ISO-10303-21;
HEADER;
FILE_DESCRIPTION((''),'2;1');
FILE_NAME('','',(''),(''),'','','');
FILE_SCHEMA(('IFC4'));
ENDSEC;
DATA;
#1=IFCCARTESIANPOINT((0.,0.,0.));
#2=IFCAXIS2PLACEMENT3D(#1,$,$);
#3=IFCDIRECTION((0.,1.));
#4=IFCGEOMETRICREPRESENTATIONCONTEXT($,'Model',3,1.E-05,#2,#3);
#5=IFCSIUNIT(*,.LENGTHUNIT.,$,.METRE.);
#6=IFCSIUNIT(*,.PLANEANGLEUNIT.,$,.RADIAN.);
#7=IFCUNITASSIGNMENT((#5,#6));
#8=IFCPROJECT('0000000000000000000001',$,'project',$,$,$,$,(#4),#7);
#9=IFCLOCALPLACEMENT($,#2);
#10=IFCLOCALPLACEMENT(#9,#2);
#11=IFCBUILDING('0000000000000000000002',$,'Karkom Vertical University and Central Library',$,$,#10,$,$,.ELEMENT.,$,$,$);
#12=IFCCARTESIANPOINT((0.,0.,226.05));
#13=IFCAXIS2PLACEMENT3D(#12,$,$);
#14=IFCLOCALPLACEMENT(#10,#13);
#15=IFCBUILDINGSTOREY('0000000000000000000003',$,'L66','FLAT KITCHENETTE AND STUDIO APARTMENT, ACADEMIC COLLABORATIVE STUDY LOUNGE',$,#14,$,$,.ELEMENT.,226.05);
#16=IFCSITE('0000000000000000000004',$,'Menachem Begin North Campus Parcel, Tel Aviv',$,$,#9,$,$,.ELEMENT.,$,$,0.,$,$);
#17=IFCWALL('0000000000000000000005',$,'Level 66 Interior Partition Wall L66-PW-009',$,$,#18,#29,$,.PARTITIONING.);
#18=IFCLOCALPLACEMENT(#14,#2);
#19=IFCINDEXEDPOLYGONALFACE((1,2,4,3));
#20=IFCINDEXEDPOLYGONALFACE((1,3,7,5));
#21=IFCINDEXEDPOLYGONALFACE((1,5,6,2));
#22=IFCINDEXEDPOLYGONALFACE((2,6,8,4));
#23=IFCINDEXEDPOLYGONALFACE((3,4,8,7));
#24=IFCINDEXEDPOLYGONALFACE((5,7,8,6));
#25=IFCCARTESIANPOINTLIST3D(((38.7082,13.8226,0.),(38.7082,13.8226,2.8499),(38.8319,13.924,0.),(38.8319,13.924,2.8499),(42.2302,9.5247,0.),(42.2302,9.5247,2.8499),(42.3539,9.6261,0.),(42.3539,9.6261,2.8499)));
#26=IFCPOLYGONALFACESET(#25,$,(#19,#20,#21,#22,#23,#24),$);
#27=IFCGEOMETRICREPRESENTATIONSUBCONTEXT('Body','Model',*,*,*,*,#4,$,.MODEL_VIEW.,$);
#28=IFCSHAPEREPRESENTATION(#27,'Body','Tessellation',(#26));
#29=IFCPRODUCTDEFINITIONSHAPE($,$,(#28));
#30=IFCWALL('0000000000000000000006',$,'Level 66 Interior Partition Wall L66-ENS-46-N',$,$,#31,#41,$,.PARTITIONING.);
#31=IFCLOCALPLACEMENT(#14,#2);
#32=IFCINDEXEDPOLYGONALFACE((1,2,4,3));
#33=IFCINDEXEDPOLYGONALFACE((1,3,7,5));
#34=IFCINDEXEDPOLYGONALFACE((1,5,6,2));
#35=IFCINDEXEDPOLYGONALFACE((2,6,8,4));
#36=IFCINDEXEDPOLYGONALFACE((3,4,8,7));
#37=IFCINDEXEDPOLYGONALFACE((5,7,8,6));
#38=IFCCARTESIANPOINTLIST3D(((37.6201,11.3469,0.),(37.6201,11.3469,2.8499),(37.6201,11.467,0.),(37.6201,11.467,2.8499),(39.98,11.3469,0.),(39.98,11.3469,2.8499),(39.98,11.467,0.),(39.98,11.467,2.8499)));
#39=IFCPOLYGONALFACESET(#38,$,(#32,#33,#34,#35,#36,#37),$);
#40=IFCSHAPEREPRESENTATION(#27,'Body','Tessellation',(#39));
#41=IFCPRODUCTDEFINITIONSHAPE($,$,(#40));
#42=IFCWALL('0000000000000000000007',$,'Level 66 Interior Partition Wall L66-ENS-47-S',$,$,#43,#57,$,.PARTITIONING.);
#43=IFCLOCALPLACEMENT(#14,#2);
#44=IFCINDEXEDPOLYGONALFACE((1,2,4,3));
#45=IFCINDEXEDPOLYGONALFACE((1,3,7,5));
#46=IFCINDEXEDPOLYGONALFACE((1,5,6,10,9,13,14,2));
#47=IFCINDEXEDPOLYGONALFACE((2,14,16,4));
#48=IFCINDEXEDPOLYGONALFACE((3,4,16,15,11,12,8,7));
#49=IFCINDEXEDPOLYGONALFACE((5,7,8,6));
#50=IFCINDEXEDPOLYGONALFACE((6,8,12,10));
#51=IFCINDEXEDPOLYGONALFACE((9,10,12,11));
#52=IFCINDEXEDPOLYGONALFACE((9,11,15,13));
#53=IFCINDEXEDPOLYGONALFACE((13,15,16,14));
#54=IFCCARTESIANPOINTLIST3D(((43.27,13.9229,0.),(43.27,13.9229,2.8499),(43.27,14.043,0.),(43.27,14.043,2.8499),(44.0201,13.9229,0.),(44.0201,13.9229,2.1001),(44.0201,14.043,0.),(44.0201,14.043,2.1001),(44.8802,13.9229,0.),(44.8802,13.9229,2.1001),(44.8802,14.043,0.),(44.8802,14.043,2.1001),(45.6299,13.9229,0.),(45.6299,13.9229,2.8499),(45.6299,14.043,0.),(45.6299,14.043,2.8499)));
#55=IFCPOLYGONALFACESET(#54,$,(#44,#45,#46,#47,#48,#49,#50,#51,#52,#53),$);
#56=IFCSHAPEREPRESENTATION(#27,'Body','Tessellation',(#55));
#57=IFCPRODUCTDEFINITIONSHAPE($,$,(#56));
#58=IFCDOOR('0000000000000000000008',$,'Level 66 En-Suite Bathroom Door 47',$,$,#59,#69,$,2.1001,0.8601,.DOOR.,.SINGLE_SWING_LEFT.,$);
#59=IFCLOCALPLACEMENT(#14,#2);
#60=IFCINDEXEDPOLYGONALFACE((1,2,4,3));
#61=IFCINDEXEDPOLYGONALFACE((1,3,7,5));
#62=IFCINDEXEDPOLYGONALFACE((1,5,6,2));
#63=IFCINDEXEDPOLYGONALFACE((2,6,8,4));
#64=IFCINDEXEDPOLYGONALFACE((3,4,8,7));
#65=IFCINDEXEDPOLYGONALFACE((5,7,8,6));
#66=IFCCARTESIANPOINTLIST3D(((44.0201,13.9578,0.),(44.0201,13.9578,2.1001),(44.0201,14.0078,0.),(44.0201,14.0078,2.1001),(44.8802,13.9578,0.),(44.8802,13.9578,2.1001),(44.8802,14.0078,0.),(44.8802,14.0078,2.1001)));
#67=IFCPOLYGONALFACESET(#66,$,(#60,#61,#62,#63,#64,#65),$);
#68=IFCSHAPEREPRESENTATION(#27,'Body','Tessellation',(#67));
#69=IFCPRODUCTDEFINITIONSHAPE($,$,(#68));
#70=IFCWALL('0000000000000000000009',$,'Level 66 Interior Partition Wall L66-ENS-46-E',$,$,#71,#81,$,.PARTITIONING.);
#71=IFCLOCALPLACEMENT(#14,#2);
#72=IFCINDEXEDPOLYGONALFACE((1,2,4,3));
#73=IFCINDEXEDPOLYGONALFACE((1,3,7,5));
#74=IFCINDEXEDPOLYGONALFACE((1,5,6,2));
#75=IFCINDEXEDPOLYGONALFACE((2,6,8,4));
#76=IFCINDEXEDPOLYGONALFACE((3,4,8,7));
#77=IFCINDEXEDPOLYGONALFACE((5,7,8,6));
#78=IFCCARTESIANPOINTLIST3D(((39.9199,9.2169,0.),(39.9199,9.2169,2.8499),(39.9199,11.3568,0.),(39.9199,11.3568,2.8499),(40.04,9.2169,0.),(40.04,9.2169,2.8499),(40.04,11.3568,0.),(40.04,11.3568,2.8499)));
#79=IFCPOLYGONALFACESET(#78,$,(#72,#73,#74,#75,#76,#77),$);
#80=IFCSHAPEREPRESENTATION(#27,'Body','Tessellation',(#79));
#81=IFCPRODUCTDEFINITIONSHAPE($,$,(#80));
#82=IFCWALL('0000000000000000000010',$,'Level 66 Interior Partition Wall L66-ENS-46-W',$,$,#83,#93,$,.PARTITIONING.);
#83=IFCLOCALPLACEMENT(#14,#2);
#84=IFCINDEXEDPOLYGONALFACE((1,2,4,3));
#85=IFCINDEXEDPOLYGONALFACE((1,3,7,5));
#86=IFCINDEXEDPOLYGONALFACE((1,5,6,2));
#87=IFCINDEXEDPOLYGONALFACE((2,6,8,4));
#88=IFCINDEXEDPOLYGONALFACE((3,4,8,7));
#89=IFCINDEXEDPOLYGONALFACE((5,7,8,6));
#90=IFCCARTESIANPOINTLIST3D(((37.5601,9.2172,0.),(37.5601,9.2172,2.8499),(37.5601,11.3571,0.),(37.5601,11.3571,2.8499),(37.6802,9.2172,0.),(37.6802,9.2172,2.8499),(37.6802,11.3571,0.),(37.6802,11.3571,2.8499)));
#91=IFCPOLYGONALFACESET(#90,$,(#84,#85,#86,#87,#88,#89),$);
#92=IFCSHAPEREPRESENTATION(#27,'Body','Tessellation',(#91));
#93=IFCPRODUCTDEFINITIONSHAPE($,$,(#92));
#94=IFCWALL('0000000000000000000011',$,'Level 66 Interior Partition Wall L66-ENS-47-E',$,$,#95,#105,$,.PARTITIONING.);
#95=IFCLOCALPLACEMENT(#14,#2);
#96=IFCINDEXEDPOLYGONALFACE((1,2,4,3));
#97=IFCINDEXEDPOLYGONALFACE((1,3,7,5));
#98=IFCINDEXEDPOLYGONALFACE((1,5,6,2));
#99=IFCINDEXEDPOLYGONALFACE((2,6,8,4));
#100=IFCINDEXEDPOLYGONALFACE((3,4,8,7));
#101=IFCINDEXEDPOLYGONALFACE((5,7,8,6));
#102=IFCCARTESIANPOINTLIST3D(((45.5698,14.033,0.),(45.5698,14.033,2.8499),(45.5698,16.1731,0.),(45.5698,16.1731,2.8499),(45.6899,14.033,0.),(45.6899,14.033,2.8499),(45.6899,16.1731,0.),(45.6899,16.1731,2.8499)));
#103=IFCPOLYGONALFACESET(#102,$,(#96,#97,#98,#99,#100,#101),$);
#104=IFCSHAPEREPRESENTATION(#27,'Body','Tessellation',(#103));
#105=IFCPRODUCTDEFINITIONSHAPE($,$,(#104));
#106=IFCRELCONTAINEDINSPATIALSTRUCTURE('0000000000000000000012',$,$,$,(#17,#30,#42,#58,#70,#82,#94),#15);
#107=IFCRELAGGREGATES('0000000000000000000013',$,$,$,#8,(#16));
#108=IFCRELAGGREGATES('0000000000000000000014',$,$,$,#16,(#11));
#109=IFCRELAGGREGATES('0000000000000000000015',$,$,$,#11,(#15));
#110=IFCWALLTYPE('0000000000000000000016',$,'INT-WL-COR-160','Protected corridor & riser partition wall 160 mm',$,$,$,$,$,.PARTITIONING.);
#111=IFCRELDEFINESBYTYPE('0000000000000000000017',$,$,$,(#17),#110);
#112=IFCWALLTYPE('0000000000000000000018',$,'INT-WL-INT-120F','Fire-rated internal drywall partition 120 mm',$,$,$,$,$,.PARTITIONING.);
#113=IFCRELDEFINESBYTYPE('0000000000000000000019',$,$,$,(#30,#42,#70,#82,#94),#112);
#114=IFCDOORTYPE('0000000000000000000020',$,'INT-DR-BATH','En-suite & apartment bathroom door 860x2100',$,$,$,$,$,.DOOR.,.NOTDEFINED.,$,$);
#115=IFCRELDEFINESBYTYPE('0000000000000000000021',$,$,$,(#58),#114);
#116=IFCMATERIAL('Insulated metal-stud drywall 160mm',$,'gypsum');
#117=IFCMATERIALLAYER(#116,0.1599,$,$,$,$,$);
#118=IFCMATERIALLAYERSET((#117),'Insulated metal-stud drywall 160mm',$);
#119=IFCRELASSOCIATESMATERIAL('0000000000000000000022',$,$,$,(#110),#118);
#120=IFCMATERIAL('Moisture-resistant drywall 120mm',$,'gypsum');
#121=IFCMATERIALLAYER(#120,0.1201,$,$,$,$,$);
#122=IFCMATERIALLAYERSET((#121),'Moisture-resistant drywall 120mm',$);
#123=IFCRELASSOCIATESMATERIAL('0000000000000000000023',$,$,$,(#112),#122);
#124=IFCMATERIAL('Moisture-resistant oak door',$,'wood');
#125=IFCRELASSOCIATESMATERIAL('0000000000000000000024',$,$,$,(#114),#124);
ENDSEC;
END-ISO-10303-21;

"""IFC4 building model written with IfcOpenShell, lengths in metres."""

from ifc_helpers import new_model, si_unit, direction, frame, frame_2d, origin, origin_with_axes, place, context, subcontext, project, spatial, rectangle, extrude, source, transform, mapped, material, layer, layer_set, type_object, element, fill, save


model = new_model("IFC4")

# Units and contexts
model_context = context("Model", 3, precision=1e-05, world=origin(), true_north=direction((0.0, 1.0)))
body_context = subcontext(model_context, "Body", "Model", "MODEL_VIEW")
ifc_project = project(units=[si_unit("LENGTHUNIT", "METRE"), si_unit("PLANEANGLEUNIT", "RADIAN")], contexts=[model_context])

# Site, building, storey
site_placement = place(None, origin())
site = spatial("IfcSite", under=ifc_project, at=site_placement, Name="Menachem Begin North Campus Parcel, Tel Aviv", CompositionType="ELEMENT", RefElevation=0.0)
building_placement = place(site_placement, origin())
building = spatial("IfcBuilding", under=site, at=building_placement, Name="Karkom Vertical University and Central Library", CompositionType="ELEMENT")
storey_placement = place(building_placement, frame((0.0, 0.0, 226.05)))
storey = spatial("IfcBuildingStorey", under=building, at=storey_placement, Name="L66", Description="FLAT KITCHENETTE AND STUDIO APARTMENT, ACADEMIC COLLABORATIVE STUDY LOUNGE", CompositionType="ELEMENT", Elevation=226.05)

# Shared definitions
ifc_material_1 = material(Name="Insulated metal-stud drywall 160mm", Category="gypsum")
ifc_layer_1 = layer(ifc_material_1, 0.1599)
ifc_layer_set_1 = layer_set([ifc_layer_1], Name="Insulated metal-stud drywall 160mm")
wall_type_1 = type_object("IfcWallType", Name="INT-WL-COR-160", Description="Protected corridor & riser partition wall 160 mm", PredefinedType="PARTITIONING", material=ifc_layer_set_1)

# Walls
wall_1_placement = place(storey_placement, frame((38.77, 13.8733, 0.0), z_axis=(0.0, 0.0, 1.0), x_axis=(0.633836, -0.773468, 0.0)))
element("IfcWall", 1, at=wall_1_placement, inside=storey, type_object=wall_type_1, Name="Level 66 Interior Partition Wall L66-PW-009", PredefinedType="PARTITIONING", context=body_context, shape_type="SweptSolid", body=[
    extrude(rectangle(XDim=5.5566, YDim=0.1599, at=frame_2d((2.7783, 0.0))), origin(), (0.0, 0.0, 1.0), 2.8499),
])
ifc_material_2 = material(Name="Moisture-resistant drywall 120mm", Category="gypsum")
ifc_layer_2 = layer(ifc_material_2, 0.1201)
ifc_layer_set_2 = layer_set([ifc_layer_2], Name="Moisture-resistant drywall 120mm")
wall_type_2 = type_object("IfcWallType", Name="INT-WL-INT-120F", Description="Fire-rated internal drywall partition 120 mm", PredefinedType="PARTITIONING", material=ifc_layer_set_2)
wall_2_placement = place(storey_placement, frame((39.98, 11.407, 0.0), z_axis=(0.0, 0.0, 1.0), x_axis=(-1.0, 0.0, 0.0)))
element("IfcWall", 2, at=wall_2_placement, inside=storey, type_object=wall_type_2, Name="Level 66 Interior Partition Wall L66-ENS-46-N", PredefinedType="PARTITIONING", context=body_context, shape_type="SweptSolid", body=[
    extrude(rectangle(XDim=2.3599, YDim=0.1201, at=frame_2d((1.1799, 0.0))), origin(), (0.0, 0.0, 1.0), 2.8499),
])

# Wall, opening, door
wall_3_placement = place(storey_placement, frame((43.27, 13.9829, 0.0), z_axis=(0.0, 0.0, 1.0), x_axis=(1.0, 0.0, 0.0)))
wall_3 = element("IfcWall", 3, at=wall_3_placement, inside=storey, type_object=wall_type_2, Name="Level 66 Interior Partition Wall L66-ENS-47-S", PredefinedType="PARTITIONING", context=body_context, shape_type="SweptSolid", body=[
    extrude(rectangle(XDim=2.3599, YDim=0.1201, at=frame_2d((1.1799, 0.0))), origin(), (0.0, 0.0, 1.0), 2.8499),
])
opening_1_placement = place(wall_3_placement, frame((0.75, 0.0, 0.0)))
opening_1 = element("IfcOpeningElement", 4, at=opening_1_placement, cuts=wall_3, PredefinedType="OPENING", context=body_context, shape_type="SweptSolid", body=[
    extrude(rectangle(XDim=0.8601, YDim=2.1001, at=frame_2d((0.4302, 1.05))), frame((0.0, 0.0701, 0.0), z_axis=(0.0, -1.0, 0.0), x_axis=(1.0, 0.0, 0.0)), (0.0, 0.0, 1.0), 0.1401),
])
ifc_material_3 = material(Name="Moisture-resistant oak door", Category="wood")
door_type_1 = type_object("IfcDoorType", Name="INT-DR-BATH", Description="En-suite & apartment bathroom door 860x2100", OperationType="NOTDEFINED", PredefinedType="DOOR", material=ifc_material_3)
shared_shape_1 = source(origin_with_axes(), body_context, "Body", "SweptSolid", [
    extrude(rectangle(XDim=0.8601, YDim=2.1001, at=frame_2d((0.4302, 1.05))), frame((0.0, 0.0249, 0.0), z_axis=(0.0, -1.0, 0.0), x_axis=(1.0, 0.0, 0.0)), (0.0, 0.0, 1.0), 0.05),
])
door_1_placement = place(opening_1_placement, origin())
door_1 = element("IfcDoor", 5, at=door_1_placement, inside=storey, type_object=door_type_1, Name="Level 66 En-Suite Bathroom Door 47", OperationType="SINGLE_SWING_LEFT", OverallHeight=2.1001, OverallWidth=0.8601, PredefinedType="DOOR", context=body_context, shape_type="MappedRepresentation", body=[
    mapped(shared_shape_1, transform((0.0, 0.0, 0.0), scale=1.0)),
])
fill(opening_1, door_1)

# Walls
for number, where, z_axis, x_axis, name in (
    (6, (39.98, 9.217, 0.0), (0.0, 0.0, 1.0), (0.0, 1.0, 0.0), "Level 66 Interior Partition Wall L66-ENS-46-E"),
    (7, (37.6201, 11.3569, 0.0), (0.0, 0.0, 1.0), (0.0, -1.0, 0.0), "Level 66 Interior Partition Wall L66-ENS-46-W"),
):
    element("IfcWall", number, at=place(storey_placement, frame(where, z_axis=z_axis, x_axis=x_axis)), inside=storey, type_object=wall_type_2, Name=name, PredefinedType="PARTITIONING", context=body_context, shape_type="SweptSolid", body=[
        extrude(rectangle(XDim=2.1399, YDim=0.1201, at=frame_2d((1.0698, 0.0))), origin(), (0.0, 0.0, 1.0), 2.8499),
    ])
wall_4_placement = place(storey_placement, frame((45.6299, 14.033, 0.0), z_axis=(0.0, 0.0, 1.0), x_axis=(0.0, 1.0, 0.0)))
element("IfcWall", 8, at=wall_4_placement, inside=storey, type_object=wall_type_2, Name="Level 66 Interior Partition Wall L66-ENS-47-E", PredefinedType="PARTITIONING", context=body_context, shape_type="SweptSolid", body=[
    extrude(rectangle(XDim=2.1401, YDim=0.1201, at=frame_2d((1.0701, 0.0))), origin(), (0.0, 0.0, 1.0), 2.8499),
])

save(model, "model.ifc")
